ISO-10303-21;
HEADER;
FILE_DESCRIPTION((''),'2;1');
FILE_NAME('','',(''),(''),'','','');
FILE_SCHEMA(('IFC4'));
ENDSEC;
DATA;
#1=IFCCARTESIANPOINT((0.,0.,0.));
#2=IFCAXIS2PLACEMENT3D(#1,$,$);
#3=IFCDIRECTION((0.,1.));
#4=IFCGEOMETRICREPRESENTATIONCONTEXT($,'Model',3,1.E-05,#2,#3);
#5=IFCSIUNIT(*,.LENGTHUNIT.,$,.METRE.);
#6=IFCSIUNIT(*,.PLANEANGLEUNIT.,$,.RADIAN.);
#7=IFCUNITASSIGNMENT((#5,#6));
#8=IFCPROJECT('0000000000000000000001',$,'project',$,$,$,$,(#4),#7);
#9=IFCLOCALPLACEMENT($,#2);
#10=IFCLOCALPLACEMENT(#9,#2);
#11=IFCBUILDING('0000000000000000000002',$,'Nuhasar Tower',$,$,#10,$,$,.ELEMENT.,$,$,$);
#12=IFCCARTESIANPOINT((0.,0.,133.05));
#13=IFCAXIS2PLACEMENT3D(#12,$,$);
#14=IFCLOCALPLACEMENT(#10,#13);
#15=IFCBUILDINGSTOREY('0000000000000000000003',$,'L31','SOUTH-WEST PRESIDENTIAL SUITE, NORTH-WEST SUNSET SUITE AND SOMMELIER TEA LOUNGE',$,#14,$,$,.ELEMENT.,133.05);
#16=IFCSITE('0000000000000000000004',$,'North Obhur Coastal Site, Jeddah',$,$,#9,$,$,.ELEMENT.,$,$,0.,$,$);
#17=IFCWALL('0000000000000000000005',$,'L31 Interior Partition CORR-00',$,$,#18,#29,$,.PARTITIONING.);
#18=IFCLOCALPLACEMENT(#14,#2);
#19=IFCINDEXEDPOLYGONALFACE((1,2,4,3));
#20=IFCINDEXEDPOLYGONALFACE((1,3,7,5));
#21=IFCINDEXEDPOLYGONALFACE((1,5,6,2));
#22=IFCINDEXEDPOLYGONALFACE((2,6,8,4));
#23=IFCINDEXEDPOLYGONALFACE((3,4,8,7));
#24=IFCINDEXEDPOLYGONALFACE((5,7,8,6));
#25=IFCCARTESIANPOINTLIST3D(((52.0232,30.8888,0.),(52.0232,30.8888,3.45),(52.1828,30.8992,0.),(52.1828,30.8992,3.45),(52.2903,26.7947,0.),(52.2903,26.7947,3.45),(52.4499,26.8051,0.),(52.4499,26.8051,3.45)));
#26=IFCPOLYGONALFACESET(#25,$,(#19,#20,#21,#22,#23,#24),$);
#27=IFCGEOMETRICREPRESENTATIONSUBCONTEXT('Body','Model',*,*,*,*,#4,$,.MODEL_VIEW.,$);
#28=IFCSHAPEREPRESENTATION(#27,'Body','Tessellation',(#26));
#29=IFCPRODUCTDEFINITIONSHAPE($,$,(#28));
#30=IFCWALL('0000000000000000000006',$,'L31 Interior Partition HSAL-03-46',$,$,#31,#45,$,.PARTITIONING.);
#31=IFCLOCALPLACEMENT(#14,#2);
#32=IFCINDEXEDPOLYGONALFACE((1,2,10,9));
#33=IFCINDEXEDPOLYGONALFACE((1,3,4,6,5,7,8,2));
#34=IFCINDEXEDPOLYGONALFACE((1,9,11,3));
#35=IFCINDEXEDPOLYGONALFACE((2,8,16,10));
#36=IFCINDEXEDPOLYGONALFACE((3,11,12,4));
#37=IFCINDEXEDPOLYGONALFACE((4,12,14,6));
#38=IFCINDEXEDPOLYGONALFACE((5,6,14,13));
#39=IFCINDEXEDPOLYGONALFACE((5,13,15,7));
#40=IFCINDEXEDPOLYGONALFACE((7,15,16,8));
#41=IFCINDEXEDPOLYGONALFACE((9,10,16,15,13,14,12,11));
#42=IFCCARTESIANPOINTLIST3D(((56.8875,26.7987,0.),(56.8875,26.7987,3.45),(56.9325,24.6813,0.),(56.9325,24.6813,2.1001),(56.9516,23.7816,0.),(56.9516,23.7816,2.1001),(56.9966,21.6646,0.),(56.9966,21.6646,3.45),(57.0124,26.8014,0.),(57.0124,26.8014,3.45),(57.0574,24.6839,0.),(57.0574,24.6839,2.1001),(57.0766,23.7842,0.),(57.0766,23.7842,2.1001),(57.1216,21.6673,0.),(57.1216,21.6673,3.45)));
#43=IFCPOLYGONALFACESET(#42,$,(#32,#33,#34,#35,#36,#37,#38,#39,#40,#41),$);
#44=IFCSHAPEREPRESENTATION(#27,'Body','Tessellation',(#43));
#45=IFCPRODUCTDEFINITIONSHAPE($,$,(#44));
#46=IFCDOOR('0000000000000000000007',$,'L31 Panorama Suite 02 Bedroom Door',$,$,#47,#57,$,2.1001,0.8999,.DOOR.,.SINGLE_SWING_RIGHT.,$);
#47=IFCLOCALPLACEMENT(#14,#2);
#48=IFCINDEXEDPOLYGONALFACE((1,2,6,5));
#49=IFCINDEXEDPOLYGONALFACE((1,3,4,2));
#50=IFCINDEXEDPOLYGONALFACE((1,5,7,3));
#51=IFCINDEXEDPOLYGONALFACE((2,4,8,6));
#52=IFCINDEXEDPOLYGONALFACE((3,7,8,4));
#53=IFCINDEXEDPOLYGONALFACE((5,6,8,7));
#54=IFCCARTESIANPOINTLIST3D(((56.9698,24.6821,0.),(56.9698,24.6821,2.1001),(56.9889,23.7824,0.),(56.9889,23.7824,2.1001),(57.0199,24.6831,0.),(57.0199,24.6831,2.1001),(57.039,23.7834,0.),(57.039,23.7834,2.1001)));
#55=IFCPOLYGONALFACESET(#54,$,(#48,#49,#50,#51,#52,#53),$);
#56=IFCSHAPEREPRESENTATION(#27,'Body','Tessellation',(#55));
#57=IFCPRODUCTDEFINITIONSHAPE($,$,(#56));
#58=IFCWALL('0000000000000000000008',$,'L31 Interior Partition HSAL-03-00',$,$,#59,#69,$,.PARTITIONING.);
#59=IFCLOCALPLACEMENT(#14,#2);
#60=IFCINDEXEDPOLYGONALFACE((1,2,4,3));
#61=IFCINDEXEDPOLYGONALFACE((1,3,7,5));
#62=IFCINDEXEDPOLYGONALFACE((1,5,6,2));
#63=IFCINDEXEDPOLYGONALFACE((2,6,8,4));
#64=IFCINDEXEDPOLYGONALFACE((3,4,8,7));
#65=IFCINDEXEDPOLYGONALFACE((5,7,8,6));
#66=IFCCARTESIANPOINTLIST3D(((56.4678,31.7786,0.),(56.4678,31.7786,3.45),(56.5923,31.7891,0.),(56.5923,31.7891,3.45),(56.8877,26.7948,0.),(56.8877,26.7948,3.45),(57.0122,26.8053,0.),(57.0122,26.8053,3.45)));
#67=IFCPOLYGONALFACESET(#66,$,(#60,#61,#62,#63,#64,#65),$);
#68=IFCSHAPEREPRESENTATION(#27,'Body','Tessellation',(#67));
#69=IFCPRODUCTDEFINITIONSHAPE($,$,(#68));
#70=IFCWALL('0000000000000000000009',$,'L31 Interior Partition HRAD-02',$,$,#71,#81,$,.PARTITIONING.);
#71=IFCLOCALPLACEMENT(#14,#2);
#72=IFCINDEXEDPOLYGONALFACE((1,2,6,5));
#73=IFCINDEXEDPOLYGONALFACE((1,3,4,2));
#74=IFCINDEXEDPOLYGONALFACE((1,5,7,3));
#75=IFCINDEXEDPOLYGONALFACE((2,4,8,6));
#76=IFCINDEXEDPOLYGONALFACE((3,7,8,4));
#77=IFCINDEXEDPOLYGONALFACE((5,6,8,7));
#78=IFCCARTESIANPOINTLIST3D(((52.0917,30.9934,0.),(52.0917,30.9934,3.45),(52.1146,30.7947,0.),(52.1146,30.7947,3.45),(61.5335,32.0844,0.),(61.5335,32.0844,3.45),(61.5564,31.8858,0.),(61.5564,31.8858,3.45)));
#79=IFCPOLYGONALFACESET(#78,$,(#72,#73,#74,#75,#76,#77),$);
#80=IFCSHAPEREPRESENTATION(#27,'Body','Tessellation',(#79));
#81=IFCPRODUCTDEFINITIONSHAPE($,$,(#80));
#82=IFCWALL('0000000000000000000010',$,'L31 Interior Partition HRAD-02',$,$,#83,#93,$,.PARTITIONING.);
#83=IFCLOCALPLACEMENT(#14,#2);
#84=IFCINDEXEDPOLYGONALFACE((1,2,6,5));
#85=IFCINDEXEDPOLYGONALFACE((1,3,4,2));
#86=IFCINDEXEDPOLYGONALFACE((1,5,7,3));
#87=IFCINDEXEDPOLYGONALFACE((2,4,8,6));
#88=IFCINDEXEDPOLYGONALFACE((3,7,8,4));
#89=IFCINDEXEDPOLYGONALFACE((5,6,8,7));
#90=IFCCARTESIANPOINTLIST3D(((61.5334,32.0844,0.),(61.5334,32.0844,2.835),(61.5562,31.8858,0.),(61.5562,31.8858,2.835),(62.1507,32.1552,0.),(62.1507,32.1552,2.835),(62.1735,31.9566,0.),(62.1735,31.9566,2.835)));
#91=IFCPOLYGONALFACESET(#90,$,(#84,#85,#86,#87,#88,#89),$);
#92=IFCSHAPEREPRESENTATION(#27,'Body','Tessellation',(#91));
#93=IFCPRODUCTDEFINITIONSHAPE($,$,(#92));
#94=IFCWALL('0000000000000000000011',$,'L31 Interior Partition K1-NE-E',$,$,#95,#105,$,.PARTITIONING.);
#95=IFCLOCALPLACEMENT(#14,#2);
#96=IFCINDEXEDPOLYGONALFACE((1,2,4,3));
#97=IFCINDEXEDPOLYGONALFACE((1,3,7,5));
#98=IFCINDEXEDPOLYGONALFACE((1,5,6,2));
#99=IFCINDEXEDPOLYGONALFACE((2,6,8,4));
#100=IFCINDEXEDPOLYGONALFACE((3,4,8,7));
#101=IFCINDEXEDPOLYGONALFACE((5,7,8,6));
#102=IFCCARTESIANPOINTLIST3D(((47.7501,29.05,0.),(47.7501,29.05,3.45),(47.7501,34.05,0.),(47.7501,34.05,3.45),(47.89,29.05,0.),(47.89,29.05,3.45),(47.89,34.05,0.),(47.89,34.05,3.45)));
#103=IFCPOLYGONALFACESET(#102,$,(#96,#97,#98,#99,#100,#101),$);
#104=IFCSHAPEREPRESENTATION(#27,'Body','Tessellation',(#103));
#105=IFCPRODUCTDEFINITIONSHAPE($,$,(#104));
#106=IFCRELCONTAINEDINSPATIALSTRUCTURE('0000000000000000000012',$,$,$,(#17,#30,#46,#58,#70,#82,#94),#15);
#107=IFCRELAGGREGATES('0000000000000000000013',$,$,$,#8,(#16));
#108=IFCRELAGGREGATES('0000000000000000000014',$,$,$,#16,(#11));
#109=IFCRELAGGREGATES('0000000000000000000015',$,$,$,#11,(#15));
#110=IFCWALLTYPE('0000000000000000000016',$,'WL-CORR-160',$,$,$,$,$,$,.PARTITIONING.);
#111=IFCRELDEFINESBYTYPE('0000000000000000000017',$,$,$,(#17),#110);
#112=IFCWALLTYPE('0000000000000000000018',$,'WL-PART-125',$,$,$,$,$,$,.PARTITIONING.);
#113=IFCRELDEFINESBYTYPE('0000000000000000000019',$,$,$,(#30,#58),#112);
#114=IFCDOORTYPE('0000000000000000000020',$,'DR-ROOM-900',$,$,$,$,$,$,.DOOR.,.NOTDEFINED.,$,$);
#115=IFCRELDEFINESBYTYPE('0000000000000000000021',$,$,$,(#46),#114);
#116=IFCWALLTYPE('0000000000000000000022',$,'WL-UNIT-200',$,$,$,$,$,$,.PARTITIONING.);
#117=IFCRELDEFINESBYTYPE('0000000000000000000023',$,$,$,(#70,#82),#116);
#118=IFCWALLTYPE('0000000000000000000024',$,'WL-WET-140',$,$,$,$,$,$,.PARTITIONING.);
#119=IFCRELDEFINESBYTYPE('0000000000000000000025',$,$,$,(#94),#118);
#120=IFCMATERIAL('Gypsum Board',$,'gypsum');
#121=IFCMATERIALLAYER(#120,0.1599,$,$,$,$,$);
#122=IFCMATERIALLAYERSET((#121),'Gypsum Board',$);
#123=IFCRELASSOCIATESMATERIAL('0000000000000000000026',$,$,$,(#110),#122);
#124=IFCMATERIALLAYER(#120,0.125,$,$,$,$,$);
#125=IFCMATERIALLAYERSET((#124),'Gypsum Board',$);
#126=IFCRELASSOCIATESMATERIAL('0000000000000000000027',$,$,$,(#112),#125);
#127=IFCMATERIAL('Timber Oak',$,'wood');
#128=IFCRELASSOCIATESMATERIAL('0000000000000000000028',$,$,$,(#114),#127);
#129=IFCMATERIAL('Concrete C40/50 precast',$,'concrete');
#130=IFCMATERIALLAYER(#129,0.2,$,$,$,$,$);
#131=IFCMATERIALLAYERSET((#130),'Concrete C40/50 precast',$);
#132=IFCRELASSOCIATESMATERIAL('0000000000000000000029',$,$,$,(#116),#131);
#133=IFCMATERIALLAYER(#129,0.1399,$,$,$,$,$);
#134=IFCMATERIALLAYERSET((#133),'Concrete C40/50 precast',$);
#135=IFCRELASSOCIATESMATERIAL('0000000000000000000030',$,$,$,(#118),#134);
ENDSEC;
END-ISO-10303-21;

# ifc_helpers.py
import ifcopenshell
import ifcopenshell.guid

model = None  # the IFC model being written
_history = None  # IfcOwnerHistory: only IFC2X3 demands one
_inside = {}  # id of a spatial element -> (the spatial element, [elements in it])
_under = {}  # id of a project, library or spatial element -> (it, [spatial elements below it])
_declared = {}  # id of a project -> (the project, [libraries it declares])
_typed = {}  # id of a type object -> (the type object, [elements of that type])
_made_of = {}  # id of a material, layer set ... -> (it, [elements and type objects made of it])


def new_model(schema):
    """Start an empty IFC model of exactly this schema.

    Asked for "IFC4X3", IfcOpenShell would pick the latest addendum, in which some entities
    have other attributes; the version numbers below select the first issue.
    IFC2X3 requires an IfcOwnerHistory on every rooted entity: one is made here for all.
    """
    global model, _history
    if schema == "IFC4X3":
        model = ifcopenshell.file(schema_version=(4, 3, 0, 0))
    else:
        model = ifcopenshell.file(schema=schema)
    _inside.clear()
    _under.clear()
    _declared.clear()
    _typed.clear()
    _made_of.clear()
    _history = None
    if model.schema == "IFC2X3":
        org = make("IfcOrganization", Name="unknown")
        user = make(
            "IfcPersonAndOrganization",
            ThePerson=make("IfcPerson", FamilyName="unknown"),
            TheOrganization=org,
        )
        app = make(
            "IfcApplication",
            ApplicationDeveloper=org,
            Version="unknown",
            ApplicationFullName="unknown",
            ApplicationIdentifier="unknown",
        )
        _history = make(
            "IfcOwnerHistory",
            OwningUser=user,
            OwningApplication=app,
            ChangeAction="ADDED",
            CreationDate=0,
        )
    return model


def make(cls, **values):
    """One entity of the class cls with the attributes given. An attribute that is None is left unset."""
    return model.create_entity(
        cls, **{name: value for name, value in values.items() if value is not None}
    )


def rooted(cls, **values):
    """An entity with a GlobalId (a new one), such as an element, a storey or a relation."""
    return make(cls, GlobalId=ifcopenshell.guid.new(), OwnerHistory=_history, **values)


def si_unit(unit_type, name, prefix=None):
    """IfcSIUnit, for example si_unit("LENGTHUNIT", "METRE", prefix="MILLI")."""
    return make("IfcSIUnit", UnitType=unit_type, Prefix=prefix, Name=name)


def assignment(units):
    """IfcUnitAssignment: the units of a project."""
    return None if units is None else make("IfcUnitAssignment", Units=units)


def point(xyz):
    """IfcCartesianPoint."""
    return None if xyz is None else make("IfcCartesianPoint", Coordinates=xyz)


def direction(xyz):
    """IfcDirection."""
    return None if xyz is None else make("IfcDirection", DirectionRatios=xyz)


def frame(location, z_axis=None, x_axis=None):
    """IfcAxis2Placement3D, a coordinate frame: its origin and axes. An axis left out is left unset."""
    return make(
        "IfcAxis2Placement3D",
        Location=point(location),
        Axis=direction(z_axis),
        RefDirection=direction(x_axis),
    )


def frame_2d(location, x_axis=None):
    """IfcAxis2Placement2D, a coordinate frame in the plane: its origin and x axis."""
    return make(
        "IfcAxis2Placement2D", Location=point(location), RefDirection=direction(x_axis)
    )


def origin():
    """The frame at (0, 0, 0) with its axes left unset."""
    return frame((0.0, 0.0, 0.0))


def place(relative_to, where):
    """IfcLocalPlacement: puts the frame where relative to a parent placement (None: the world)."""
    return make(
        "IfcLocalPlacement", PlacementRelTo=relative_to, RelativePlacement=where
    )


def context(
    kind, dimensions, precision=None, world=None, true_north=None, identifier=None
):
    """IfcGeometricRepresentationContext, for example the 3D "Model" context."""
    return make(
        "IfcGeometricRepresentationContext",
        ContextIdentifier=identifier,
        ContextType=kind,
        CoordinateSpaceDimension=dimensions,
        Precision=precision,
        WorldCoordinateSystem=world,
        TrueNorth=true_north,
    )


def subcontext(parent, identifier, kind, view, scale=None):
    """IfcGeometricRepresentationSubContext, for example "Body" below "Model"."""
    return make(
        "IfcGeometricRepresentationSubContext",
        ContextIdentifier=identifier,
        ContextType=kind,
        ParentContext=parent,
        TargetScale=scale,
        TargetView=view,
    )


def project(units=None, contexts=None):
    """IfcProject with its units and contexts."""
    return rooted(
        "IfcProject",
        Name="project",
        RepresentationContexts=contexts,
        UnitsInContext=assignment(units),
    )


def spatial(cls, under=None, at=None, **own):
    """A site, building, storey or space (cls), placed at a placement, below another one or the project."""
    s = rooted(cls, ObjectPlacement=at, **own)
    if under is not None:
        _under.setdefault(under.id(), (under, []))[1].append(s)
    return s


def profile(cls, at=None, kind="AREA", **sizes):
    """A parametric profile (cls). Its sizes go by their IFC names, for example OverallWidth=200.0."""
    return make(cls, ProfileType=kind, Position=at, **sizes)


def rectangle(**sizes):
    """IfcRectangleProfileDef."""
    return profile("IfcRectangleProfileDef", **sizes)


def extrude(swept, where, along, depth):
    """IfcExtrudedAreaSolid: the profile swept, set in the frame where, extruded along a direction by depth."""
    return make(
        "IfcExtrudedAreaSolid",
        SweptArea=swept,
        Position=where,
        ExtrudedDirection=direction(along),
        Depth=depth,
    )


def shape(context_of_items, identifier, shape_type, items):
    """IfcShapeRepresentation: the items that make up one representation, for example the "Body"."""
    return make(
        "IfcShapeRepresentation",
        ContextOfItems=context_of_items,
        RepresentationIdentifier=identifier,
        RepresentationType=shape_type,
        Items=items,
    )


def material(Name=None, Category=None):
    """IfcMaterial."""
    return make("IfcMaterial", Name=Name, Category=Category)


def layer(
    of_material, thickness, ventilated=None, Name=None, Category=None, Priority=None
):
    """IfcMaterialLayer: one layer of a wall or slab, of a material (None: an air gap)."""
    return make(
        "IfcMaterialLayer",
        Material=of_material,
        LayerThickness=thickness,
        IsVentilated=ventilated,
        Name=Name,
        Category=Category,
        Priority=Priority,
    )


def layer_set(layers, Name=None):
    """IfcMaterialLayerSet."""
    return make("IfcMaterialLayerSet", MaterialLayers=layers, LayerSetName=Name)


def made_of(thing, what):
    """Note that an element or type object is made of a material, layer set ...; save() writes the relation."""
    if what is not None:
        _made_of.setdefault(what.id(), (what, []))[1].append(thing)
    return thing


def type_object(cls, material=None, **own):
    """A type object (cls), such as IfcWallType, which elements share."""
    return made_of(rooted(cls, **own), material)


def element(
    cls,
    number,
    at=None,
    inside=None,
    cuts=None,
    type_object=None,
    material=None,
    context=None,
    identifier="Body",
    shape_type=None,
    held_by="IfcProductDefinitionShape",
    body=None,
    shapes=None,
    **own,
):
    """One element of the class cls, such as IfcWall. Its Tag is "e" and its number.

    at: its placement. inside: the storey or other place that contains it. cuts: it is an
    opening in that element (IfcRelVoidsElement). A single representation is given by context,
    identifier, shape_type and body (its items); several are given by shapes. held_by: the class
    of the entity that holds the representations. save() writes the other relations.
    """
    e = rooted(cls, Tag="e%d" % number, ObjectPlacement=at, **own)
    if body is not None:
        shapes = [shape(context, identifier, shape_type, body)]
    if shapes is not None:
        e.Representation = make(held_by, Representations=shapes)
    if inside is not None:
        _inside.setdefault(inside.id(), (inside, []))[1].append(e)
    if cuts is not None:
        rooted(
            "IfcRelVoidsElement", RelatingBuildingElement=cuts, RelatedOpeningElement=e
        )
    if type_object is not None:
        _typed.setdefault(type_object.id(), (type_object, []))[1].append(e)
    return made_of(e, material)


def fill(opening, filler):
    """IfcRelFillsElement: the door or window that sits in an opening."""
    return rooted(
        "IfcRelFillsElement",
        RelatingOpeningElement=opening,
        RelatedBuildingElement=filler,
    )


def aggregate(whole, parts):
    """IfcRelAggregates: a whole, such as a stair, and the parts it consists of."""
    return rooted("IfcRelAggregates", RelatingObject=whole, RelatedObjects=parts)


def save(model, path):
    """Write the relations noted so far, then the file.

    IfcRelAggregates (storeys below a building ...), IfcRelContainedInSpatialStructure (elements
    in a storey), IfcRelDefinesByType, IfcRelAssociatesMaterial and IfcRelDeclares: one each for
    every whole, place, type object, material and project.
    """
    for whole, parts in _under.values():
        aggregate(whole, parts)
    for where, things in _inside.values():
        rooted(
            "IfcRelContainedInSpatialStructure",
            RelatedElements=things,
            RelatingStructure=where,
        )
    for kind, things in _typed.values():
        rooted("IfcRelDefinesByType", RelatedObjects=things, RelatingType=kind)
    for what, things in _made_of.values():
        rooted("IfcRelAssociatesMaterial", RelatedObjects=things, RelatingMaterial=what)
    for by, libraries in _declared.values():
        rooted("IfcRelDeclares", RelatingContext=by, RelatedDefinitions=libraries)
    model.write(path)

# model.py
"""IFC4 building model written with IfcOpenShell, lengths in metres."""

from ifc_helpers import new_model, si_unit, direction, frame, frame_2d, origin, place, context, subcontext, project, spatial, rectangle, extrude, material, layer, layer_set, type_object, element, fill, save


model = new_model("IFC4")

# Units and contexts
model_context = context("Model", 3, precision=1e-05, world=origin(), true_north=direction((0.0, 1.0)))
body_context = subcontext(model_context, "Body", "Model", "MODEL_VIEW")
ifc_project = project(units=[si_unit("LENGTHUNIT", "METRE"), si_unit("PLANEANGLEUNIT", "RADIAN")], contexts=[model_context])

# Site, building, storey
site_placement = place(None, origin())
site = spatial("IfcSite", under=ifc_project, at=site_placement, Name="North Obhur Coastal Site, Jeddah", CompositionType="ELEMENT", RefElevation=0.0)
building_placement = place(site_placement, origin())
building = spatial("IfcBuilding", under=site, at=building_placement, Name="Nuhasar Tower", CompositionType="ELEMENT")
storey_placement = place(building_placement, frame((0.0, 0.0, 133.05)))
storey = spatial("IfcBuildingStorey", under=building, at=storey_placement, Name="L31", Description="SOUTH-WEST PRESIDENTIAL SUITE, NORTH-WEST SUNSET SUITE AND SOMMELIER TEA LOUNGE", CompositionType="ELEMENT", Elevation=133.05)

# Shared definitions
ifc_material_1 = material(Name="Gypsum Board", Category="gypsum")
ifc_layer_1 = layer(ifc_material_1, 0.1599)
ifc_layer_set_1 = layer_set([ifc_layer_1], Name="Gypsum Board")
wall_type_1 = type_object("IfcWallType", Name="WL-CORR-160", PredefinedType="PARTITIONING", material=ifc_layer_set_1)
ifc_material_2 = material(Name="Timber Oak", Category="wood")

# Wall
wall_1_placement = place(storey_placement, frame((52.3701, 26.8, 0.0), z_axis=(0.0, 0.0, 1.0), x_axis=(-0.065101, 0.997879, 0.0)))
element("IfcWall", 1, at=wall_1_placement, inside=storey, type_object=wall_type_1, Name="L31 Interior Partition CORR-00", PredefinedType="PARTITIONING", context=body_context, shape_type="SweptSolid", body=[
    extrude(rectangle(XDim=4.1028, YDim=0.1599, at=frame_2d((2.0513, 0.0))), origin(), (0.0, 0.0, 1.0), 3.45),
])

# Wall, opening, door
ifc_layer_2 = layer(ifc_material_1, 0.125)
ifc_layer_set_2 = layer_set([ifc_layer_2], Name="Gypsum Board")
wall_type_2 = type_object("IfcWallType", Name="WL-PART-125", PredefinedType="PARTITIONING", material=ifc_layer_set_2)
wall_2_placement = place(storey_placement, frame((56.95, 26.8, 0.0), z_axis=(0.0, 0.0, 1.0), x_axis=(0.021252, -0.999774, 0.0)))
wall_2 = element("IfcWall", 2, at=wall_2_placement, inside=storey, type_object=wall_type_2, Name="L31 Interior Partition HSAL-03-46", PredefinedType="PARTITIONING", context=body_context, shape_type="SweptSolid", body=[
    extrude(rectangle(XDim=5.1353, YDim=0.125, at=frame_2d((2.5676, 0.0))), origin(), (0.0, 0.0, 1.0), 3.45),
])
opening_1_placement = place(wall_2_placement, frame((2.1179, 0.0, 0.0)))
opening_1 = element("IfcOpeningElement", 3, at=opening_1_placement, cuts=wall_2, PredefinedType="OPENING", context=body_context, shape_type="SweptSolid", body=[
    extrude(rectangle(XDim=0.8999, YDim=2.1001, at=frame_2d((0.45, 1.05))), frame((0.0, 0.0725, 0.0), z_axis=(0.0, -1.0, 0.0), x_axis=(1.0, 0.0, 0.0)), (0.0, 0.0, 1.0), 0.145),
])
door_type_1 = type_object("IfcDoorType", Name="DR-ROOM-900", OperationType="NOTDEFINED", PredefinedType="DOOR", material=ifc_material_2)
door_1_placement = place(opening_1_placement, origin())
door_1 = element("IfcDoor", 4, at=door_1_placement, inside=storey, type_object=door_type_1, Name="L31 Panorama Suite 02 Bedroom Door", OperationType="SINGLE_SWING_RIGHT", OverallHeight=2.1001, OverallWidth=0.8999, PredefinedType="DOOR", context=body_context, shape_type="SweptSolid", body=[
    extrude(rectangle(XDim=0.8999, YDim=2.1001, at=frame_2d((0.45, 1.05))), frame((0.0, 0.0249, 0.0), z_axis=(0.0, -1.0, 0.0), x_axis=(1.0, 0.0, 0.0)), (0.0, 0.0, 1.0), 0.05),
])
fill(opening_1, door_1)

# Walls
wall_3_placement = place(storey_placement, frame((56.95, 26.8, 0.0), z_axis=(0.0, 0.0, 1.0), x_axis=(-0.083958, 0.996469, 0.0)))
element("IfcWall", 5, at=wall_3_placement, inside=storey, type_object=wall_type_2, Name="L31 Interior Partition HSAL-03-00", PredefinedType="PARTITIONING", context=body_context, shape_type="SweptSolid", body=[
    extrude(rectangle(XDim=5.0015, YDim=0.125, at=frame_2d((2.5007, 0.0))), origin(), (0.0, 0.0, 1.0), 3.45),
])
ifc_material_3 = material(Name="Concrete C40/50 precast", Category="concrete")
ifc_layer_3 = layer(ifc_material_3, 0.2)
ifc_layer_set_3 = layer_set([ifc_layer_3], Name="Concrete C40/50 precast")
wall_type_3 = type_object("IfcWallType", Name="WL-UNIT-200", PredefinedType="PARTITIONING", material=ifc_layer_set_3)
wall_4_placement = place(storey_placement, frame((52.103, 30.894, 0.0), z_axis=(0.0, 0.0, 1.0), x_axis=(0.99339, 0.114792, 0.0)))
element("IfcWall", 6, at=wall_4_placement, inside=storey, type_object=wall_type_3, Name="L31 Interior Partition HRAD-02", PredefinedType="PARTITIONING", context=body_context, shape_type="SweptSolid", body=[
    extrude(rectangle(XDim=9.5046, YDim=0.2, at=frame_2d((4.7524, 0.0))), origin(), (0.0, 0.0, 1.0), 3.45),
])
wall_5_placement = place(storey_placement, frame((61.5449, 31.9851, 0.0), z_axis=(0.0, 0.0, 1.0), x_axis=(0.993484, 0.113968, 0.0)))
element("IfcWall", 7, at=wall_5_placement, inside=storey, type_object=wall_type_3, Name="L31 Interior Partition HRAD-02", PredefinedType="PARTITIONING", context=body_context, shape_type="SweptSolid", body=[
    extrude(rectangle(XDim=0.6213, YDim=0.2, at=frame_2d((0.3105, 0.0))), origin(), (0.0, 0.0, 1.0), 2.835),
])
ifc_layer_4 = layer(ifc_material_3, 0.1399)
ifc_layer_set_4 = layer_set([ifc_layer_4], Name="Concrete C40/50 precast")
wall_type_4 = type_object("IfcWallType", Name="WL-WET-140", PredefinedType="PARTITIONING", material=ifc_layer_set_4)
wall_6_placement = place(storey_placement, frame((47.8201, 29.05, 0.0), z_axis=(0.0, 0.0, 1.0), x_axis=(0.0, 1.0, 0.0)))
element("IfcWall", 8, at=wall_6_placement, inside=storey, type_object=wall_type_4, Name="L31 Interior Partition K1-NE-E", PredefinedType="PARTITIONING", context=body_context, shape_type="SweptSolid", body=[
    extrude(rectangle(XDim=5.0, YDim=0.1399, at=frame_2d((2.5, 0.0))), origin(), (0.0, 0.0, 1.0), 3.45),
])

save(model, "model.ifc")
